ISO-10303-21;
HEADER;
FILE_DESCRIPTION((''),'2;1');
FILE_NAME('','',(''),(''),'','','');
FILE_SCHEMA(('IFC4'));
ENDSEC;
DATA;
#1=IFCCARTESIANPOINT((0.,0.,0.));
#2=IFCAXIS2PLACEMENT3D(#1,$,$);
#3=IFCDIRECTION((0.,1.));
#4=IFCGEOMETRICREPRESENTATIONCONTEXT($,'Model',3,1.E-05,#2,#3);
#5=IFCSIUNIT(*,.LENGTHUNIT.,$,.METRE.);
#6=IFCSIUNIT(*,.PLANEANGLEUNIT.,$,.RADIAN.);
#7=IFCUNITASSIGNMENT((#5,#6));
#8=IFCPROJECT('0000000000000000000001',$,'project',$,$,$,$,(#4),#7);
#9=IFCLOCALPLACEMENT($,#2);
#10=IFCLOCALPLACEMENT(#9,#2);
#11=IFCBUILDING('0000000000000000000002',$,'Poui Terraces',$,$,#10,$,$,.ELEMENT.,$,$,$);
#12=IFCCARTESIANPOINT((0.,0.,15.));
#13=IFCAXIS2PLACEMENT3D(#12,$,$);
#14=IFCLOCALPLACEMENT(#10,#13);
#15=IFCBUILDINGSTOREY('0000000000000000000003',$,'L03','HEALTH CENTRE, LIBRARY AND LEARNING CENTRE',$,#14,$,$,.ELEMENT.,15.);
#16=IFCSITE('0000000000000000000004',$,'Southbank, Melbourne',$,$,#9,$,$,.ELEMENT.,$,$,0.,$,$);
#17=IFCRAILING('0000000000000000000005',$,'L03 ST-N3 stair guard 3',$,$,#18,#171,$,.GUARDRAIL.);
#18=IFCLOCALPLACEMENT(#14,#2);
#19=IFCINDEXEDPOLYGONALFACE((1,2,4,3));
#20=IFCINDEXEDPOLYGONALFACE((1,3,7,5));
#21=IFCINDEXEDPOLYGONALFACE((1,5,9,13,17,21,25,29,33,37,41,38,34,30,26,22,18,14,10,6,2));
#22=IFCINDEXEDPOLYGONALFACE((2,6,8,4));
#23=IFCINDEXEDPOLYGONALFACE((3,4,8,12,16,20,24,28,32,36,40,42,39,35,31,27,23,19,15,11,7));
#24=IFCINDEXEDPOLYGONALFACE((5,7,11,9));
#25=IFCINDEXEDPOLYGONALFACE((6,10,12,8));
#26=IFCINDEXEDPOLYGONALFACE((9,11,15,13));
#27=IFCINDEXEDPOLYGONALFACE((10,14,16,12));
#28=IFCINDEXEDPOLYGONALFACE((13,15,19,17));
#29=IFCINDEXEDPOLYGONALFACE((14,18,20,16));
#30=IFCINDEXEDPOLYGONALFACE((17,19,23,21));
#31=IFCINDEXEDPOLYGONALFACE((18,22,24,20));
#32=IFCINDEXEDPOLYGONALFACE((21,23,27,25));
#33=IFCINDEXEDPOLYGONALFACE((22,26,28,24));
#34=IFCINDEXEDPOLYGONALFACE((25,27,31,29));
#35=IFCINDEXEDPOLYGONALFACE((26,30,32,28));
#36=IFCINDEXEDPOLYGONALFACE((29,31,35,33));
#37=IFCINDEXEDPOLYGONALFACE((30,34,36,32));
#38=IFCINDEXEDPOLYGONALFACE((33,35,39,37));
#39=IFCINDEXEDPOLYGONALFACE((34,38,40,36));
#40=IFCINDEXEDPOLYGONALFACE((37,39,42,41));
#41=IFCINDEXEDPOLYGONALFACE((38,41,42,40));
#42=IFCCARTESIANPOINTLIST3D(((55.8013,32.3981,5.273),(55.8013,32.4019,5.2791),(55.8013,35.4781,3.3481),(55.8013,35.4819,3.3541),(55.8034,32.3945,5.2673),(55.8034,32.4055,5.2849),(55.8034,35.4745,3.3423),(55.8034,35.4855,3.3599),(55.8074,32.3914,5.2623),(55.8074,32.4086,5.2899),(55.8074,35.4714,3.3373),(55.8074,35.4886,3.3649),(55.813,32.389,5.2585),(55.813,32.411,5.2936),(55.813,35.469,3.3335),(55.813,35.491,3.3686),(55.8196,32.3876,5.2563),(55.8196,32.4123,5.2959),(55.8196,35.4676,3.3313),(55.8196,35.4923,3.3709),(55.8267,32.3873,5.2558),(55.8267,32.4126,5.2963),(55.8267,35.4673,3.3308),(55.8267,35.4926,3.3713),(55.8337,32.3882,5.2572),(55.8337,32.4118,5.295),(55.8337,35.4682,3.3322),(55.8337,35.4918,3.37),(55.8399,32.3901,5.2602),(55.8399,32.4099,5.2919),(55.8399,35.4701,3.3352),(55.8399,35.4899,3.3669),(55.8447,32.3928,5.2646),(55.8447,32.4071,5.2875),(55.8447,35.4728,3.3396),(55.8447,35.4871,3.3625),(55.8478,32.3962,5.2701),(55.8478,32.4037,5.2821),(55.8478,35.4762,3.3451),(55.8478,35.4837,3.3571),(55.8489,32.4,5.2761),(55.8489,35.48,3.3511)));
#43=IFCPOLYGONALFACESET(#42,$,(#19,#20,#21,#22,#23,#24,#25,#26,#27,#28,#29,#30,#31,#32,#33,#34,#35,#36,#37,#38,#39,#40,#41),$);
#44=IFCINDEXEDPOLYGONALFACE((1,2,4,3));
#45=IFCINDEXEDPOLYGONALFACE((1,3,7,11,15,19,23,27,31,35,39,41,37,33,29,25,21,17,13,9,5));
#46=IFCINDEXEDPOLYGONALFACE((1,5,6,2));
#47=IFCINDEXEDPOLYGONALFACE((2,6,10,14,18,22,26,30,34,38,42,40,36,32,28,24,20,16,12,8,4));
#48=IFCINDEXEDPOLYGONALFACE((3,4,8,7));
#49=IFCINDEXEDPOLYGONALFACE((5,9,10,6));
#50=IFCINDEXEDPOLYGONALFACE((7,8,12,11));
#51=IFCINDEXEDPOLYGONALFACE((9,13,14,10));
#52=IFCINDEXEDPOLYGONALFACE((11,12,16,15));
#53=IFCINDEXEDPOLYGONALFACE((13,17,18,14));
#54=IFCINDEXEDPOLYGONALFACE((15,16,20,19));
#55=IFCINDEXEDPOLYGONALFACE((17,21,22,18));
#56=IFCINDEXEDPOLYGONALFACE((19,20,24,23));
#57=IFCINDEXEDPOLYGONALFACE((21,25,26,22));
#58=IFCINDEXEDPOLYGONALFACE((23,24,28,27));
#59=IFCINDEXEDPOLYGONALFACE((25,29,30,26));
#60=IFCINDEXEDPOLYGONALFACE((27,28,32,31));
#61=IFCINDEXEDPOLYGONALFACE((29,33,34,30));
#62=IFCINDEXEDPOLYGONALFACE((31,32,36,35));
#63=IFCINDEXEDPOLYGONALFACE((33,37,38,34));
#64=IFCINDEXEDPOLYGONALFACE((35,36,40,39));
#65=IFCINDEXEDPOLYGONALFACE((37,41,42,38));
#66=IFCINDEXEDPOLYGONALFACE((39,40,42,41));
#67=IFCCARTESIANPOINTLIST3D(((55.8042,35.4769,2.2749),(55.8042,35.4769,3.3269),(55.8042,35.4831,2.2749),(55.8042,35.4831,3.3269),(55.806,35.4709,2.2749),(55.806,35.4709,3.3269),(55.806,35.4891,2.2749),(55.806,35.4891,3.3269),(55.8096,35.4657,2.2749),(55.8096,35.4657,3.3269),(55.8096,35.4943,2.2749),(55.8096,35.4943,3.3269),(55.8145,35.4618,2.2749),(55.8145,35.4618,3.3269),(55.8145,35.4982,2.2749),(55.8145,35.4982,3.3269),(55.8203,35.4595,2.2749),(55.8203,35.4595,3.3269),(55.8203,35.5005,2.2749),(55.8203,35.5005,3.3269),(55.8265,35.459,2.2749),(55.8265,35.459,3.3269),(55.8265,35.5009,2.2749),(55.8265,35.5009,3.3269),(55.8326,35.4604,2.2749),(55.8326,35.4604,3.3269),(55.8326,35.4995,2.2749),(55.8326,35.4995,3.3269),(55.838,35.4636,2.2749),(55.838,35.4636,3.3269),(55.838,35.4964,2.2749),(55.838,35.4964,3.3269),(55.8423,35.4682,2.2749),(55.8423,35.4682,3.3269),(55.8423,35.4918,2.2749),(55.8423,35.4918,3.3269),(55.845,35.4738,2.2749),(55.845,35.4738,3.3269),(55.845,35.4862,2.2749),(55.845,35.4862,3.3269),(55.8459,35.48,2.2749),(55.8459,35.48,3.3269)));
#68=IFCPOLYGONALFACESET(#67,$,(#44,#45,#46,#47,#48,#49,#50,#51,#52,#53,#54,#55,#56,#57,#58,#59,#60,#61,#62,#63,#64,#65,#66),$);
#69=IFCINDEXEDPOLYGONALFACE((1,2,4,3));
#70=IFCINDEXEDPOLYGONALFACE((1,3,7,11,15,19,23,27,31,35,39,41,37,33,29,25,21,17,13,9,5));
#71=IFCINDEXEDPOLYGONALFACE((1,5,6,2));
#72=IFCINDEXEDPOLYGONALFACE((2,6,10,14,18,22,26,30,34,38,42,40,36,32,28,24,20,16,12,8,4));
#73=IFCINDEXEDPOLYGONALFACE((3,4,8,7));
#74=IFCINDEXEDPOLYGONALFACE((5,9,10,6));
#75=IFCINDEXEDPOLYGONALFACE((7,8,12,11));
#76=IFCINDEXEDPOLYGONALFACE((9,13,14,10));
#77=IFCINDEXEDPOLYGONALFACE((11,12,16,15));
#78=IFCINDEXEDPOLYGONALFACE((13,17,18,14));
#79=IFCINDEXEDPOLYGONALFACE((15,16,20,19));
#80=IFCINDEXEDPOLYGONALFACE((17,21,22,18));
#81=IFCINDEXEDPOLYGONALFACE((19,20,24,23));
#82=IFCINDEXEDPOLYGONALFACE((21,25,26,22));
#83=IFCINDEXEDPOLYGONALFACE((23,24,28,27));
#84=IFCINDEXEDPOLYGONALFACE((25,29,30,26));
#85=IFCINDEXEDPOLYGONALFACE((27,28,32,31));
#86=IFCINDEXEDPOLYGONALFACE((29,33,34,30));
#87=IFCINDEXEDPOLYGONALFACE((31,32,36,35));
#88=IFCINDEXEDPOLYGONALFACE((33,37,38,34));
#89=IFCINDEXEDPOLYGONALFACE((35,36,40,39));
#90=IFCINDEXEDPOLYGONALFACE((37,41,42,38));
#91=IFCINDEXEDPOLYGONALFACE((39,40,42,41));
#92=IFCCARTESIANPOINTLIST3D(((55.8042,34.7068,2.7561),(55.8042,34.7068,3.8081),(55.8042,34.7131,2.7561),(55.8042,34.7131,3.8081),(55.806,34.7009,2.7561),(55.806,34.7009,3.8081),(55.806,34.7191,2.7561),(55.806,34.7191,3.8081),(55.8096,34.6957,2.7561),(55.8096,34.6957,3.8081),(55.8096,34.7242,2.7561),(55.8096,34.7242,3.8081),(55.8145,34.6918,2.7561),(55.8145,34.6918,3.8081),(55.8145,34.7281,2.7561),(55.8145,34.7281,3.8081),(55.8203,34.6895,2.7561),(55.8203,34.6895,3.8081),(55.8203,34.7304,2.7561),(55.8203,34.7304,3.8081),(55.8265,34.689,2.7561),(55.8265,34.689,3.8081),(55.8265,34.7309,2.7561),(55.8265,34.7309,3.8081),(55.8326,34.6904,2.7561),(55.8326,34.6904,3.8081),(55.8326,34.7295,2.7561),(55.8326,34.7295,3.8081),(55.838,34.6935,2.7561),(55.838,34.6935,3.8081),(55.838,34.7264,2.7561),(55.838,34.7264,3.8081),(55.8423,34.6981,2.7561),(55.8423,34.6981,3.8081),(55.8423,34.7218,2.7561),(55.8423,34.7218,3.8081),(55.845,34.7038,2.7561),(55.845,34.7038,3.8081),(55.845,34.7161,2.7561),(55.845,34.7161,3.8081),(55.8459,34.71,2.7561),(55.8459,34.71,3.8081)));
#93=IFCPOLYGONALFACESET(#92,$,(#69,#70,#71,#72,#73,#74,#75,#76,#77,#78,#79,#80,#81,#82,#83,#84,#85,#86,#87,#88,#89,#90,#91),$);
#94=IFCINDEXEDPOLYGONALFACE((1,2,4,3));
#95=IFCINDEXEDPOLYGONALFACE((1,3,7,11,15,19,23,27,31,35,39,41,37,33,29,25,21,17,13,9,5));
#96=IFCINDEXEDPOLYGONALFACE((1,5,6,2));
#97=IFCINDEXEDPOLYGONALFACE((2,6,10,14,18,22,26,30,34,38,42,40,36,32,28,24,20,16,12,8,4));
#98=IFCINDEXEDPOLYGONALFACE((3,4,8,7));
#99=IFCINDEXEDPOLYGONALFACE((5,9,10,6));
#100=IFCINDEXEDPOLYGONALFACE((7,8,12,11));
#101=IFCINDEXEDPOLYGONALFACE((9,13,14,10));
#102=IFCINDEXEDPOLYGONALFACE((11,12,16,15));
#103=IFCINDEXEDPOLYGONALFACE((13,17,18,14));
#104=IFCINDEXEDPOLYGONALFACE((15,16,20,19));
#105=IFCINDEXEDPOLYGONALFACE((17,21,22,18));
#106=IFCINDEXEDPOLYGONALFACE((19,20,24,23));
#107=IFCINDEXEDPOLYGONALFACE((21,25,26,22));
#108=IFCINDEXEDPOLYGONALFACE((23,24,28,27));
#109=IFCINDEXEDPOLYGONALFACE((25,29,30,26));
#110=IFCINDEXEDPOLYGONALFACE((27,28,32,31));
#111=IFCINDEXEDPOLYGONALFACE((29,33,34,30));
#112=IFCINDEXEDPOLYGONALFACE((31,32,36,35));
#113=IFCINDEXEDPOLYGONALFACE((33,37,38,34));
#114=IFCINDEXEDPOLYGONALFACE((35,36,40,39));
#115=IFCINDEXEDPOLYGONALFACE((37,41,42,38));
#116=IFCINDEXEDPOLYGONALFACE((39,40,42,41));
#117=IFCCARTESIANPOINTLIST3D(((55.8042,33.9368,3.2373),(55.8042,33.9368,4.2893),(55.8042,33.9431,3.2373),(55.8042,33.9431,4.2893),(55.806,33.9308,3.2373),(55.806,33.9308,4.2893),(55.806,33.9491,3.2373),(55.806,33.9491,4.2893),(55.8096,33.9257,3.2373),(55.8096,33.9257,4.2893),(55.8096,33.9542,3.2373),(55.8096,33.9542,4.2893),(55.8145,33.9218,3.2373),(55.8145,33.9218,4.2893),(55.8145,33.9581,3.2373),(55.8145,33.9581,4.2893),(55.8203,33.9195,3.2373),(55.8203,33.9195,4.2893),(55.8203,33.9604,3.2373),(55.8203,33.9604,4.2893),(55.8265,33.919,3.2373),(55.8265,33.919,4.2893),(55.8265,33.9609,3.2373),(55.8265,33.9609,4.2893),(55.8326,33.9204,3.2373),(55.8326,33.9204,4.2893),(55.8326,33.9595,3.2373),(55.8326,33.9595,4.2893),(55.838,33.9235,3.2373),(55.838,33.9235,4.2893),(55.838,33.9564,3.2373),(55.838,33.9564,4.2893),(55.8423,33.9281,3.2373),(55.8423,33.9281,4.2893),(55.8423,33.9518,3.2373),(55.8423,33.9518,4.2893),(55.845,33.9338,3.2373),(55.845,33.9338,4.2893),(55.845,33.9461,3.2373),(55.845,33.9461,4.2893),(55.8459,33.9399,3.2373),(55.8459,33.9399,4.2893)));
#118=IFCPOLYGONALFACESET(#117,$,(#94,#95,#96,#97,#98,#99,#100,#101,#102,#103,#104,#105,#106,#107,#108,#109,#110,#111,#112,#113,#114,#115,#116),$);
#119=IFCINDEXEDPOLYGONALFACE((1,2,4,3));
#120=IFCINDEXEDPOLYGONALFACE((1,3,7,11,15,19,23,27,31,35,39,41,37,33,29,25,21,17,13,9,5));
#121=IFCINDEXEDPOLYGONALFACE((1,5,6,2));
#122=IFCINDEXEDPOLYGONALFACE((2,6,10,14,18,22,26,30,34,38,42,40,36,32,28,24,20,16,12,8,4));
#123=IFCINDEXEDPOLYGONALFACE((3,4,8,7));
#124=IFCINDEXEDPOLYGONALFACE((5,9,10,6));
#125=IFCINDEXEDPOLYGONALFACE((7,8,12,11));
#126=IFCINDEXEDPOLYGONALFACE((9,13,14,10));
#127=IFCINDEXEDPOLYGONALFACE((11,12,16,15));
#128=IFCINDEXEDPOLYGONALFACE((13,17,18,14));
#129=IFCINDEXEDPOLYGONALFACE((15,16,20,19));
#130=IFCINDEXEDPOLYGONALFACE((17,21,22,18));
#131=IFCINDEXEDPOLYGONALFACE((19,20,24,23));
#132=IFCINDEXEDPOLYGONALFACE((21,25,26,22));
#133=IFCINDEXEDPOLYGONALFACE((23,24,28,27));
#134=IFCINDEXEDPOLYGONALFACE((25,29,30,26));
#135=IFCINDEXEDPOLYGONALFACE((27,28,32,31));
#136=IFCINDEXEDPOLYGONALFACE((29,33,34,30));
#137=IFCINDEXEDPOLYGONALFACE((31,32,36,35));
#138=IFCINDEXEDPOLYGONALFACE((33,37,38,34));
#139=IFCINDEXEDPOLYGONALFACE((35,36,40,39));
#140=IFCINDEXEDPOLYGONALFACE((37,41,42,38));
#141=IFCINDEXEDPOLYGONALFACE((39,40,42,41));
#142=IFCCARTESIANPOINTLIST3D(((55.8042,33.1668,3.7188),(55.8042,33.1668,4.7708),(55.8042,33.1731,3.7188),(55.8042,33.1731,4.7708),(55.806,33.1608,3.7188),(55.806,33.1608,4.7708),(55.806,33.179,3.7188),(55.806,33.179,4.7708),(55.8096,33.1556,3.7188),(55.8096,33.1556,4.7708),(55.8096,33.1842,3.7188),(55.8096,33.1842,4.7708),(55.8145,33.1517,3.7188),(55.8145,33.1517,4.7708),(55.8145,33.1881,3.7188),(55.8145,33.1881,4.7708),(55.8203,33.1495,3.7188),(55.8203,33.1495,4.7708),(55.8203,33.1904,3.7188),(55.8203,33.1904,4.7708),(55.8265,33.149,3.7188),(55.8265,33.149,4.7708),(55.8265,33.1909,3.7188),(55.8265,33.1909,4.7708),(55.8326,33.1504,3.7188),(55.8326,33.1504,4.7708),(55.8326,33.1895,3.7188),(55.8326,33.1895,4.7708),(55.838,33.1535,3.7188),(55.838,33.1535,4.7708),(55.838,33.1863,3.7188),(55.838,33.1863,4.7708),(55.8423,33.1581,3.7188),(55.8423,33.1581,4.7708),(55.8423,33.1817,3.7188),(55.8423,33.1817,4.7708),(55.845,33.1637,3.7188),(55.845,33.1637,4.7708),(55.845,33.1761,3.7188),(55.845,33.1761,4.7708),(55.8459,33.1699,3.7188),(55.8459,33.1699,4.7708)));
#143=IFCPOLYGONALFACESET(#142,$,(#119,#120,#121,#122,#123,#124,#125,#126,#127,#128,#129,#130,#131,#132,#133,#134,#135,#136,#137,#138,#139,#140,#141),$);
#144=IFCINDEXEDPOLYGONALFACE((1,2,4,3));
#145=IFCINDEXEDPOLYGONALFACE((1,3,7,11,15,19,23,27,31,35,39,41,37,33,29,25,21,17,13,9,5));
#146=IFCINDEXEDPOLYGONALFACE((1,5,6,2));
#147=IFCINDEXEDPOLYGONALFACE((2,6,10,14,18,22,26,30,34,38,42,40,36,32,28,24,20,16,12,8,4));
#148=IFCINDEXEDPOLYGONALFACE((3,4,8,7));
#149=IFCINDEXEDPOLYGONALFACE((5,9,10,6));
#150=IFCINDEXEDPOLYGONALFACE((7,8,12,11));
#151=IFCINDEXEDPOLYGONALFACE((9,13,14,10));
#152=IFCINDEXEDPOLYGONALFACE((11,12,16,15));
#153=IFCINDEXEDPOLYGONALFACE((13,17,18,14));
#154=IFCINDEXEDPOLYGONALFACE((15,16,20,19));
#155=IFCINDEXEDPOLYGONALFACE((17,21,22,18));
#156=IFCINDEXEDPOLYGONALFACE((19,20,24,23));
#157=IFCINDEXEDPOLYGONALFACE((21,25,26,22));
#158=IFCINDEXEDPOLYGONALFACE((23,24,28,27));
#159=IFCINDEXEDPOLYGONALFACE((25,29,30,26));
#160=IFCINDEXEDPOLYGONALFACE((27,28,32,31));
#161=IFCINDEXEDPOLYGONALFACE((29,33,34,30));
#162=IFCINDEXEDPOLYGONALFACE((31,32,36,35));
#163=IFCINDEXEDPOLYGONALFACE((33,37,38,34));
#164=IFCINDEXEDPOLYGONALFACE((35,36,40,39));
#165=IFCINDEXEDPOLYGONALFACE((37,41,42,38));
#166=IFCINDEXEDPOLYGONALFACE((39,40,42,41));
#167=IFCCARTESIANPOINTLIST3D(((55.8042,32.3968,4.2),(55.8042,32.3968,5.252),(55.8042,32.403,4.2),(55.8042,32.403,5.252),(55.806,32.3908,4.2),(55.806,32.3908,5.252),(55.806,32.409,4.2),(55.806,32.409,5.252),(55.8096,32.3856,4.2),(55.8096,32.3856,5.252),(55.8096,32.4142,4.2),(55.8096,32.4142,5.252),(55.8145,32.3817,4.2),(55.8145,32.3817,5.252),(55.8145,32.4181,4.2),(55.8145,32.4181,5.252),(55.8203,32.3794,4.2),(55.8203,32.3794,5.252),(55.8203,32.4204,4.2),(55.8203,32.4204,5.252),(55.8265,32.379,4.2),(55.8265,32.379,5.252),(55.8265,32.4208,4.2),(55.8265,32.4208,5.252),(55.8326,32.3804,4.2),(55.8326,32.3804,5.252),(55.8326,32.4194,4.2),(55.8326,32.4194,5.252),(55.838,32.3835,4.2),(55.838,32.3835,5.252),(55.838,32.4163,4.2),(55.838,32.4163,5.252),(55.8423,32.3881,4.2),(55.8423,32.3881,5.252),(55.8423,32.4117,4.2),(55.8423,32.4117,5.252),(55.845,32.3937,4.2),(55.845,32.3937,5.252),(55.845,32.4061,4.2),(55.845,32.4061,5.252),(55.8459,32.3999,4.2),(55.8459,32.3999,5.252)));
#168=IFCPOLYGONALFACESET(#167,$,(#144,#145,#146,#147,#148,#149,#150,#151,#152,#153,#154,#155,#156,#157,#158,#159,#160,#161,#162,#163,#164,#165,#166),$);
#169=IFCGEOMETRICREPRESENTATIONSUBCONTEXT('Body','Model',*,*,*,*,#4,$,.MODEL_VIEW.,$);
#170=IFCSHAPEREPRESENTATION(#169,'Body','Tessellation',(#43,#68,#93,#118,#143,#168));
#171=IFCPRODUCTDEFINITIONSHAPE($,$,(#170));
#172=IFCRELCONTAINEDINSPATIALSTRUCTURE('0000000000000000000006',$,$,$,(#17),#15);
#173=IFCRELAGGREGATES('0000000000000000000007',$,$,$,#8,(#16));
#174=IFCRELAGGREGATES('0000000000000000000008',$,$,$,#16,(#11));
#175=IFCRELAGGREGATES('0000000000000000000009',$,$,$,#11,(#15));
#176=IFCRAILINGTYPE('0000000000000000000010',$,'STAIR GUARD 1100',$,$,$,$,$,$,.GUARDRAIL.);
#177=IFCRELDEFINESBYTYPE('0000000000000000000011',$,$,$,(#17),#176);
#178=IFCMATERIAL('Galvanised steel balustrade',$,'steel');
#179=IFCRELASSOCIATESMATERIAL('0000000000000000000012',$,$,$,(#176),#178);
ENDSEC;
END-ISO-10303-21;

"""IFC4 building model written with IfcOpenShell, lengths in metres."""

from ifc_helpers import new_model, si_unit, direction, frame, origin, origin_2d, place, context, subcontext, project, spatial, circle, extrude, material, type_object, element, save


model = new_model("IFC4")

# Units and contexts
model_context = context("Model", 3, precision=1e-05, world=origin(), true_north=direction((0.0, 1.0)))
body_context = subcontext(model_context, "Body", "Model", "MODEL_VIEW")
ifc_project = project(units=[si_unit("LENGTHUNIT", "METRE"), si_unit("PLANEANGLEUNIT", "RADIAN")], contexts=[model_context])

# Site, building, storey
site_placement = place(None, origin())
site = spatial("IfcSite", under=ifc_project, at=site_placement, Name="Southbank, Melbourne", CompositionType="ELEMENT", RefElevation=0.0)
building_placement = place(site_placement, origin())
building = spatial("IfcBuilding", under=site, at=building_placement, Name="Poui Terraces", CompositionType="ELEMENT")
storey_placement = place(building_placement, frame((0.0, 0.0, 15.0)))
storey = spatial("IfcBuildingStorey", under=building, at=storey_placement, Name="L03", Description="HEALTH CENTRE, LIBRARY AND LEARNING CENTRE", CompositionType="ELEMENT", Elevation=15.0)

# Railing
ifc_material_1 = material(Name="Galvanised steel balustrade", Category="steel")
railing_type_1 = type_object("IfcRailingType", Name="STAIR GUARD 1100", PredefinedType="GUARDRAIL", material=ifc_material_1)
railing_1_placement = place(storey_placement, frame((55.825, 35.48, 2.2749)))
element("IfcRailing", 1, at=railing_1_placement, inside=storey, type_object=railing_type_1, Name="L03 ST-N3 stair guard 3", PredefinedType="GUARDRAIL", context=body_context, shape_type="SweptSolid", body=[
    extrude(circle(Radius=0.0239, at=origin_2d()), frame((0.0, 0.0, 1.0762), z_axis=(0.0, -0.847998, 0.529999), x_axis=(1.0, 0.0, 0.0)), (0.0, 0.0, 1.0), 3.6321),
    extrude(circle(Radius=0.021, at=origin_2d()), origin(), (0.0, 0.0, 1.0), 1.052),
    extrude(circle(Radius=0.021, at=origin_2d()), frame((0.0, -0.77, 0.4812)), (0.0, 0.0, 1.0), 1.052),
    extrude(circle(Radius=0.021, at=origin_2d()), frame((0.0, -1.54, 0.9624)), (0.0, 0.0, 1.0), 1.052),
    extrude(circle(Radius=0.021, at=origin_2d()), frame((0.0, -2.3101, 1.4438)), (0.0, 0.0, 1.0), 1.052),
    extrude(circle(Radius=0.021, at=origin_2d()), frame((0.0, -3.0801, 1.925)), (0.0, 0.0, 1.0), 1.052),
])

save(model, "model.ifc")
